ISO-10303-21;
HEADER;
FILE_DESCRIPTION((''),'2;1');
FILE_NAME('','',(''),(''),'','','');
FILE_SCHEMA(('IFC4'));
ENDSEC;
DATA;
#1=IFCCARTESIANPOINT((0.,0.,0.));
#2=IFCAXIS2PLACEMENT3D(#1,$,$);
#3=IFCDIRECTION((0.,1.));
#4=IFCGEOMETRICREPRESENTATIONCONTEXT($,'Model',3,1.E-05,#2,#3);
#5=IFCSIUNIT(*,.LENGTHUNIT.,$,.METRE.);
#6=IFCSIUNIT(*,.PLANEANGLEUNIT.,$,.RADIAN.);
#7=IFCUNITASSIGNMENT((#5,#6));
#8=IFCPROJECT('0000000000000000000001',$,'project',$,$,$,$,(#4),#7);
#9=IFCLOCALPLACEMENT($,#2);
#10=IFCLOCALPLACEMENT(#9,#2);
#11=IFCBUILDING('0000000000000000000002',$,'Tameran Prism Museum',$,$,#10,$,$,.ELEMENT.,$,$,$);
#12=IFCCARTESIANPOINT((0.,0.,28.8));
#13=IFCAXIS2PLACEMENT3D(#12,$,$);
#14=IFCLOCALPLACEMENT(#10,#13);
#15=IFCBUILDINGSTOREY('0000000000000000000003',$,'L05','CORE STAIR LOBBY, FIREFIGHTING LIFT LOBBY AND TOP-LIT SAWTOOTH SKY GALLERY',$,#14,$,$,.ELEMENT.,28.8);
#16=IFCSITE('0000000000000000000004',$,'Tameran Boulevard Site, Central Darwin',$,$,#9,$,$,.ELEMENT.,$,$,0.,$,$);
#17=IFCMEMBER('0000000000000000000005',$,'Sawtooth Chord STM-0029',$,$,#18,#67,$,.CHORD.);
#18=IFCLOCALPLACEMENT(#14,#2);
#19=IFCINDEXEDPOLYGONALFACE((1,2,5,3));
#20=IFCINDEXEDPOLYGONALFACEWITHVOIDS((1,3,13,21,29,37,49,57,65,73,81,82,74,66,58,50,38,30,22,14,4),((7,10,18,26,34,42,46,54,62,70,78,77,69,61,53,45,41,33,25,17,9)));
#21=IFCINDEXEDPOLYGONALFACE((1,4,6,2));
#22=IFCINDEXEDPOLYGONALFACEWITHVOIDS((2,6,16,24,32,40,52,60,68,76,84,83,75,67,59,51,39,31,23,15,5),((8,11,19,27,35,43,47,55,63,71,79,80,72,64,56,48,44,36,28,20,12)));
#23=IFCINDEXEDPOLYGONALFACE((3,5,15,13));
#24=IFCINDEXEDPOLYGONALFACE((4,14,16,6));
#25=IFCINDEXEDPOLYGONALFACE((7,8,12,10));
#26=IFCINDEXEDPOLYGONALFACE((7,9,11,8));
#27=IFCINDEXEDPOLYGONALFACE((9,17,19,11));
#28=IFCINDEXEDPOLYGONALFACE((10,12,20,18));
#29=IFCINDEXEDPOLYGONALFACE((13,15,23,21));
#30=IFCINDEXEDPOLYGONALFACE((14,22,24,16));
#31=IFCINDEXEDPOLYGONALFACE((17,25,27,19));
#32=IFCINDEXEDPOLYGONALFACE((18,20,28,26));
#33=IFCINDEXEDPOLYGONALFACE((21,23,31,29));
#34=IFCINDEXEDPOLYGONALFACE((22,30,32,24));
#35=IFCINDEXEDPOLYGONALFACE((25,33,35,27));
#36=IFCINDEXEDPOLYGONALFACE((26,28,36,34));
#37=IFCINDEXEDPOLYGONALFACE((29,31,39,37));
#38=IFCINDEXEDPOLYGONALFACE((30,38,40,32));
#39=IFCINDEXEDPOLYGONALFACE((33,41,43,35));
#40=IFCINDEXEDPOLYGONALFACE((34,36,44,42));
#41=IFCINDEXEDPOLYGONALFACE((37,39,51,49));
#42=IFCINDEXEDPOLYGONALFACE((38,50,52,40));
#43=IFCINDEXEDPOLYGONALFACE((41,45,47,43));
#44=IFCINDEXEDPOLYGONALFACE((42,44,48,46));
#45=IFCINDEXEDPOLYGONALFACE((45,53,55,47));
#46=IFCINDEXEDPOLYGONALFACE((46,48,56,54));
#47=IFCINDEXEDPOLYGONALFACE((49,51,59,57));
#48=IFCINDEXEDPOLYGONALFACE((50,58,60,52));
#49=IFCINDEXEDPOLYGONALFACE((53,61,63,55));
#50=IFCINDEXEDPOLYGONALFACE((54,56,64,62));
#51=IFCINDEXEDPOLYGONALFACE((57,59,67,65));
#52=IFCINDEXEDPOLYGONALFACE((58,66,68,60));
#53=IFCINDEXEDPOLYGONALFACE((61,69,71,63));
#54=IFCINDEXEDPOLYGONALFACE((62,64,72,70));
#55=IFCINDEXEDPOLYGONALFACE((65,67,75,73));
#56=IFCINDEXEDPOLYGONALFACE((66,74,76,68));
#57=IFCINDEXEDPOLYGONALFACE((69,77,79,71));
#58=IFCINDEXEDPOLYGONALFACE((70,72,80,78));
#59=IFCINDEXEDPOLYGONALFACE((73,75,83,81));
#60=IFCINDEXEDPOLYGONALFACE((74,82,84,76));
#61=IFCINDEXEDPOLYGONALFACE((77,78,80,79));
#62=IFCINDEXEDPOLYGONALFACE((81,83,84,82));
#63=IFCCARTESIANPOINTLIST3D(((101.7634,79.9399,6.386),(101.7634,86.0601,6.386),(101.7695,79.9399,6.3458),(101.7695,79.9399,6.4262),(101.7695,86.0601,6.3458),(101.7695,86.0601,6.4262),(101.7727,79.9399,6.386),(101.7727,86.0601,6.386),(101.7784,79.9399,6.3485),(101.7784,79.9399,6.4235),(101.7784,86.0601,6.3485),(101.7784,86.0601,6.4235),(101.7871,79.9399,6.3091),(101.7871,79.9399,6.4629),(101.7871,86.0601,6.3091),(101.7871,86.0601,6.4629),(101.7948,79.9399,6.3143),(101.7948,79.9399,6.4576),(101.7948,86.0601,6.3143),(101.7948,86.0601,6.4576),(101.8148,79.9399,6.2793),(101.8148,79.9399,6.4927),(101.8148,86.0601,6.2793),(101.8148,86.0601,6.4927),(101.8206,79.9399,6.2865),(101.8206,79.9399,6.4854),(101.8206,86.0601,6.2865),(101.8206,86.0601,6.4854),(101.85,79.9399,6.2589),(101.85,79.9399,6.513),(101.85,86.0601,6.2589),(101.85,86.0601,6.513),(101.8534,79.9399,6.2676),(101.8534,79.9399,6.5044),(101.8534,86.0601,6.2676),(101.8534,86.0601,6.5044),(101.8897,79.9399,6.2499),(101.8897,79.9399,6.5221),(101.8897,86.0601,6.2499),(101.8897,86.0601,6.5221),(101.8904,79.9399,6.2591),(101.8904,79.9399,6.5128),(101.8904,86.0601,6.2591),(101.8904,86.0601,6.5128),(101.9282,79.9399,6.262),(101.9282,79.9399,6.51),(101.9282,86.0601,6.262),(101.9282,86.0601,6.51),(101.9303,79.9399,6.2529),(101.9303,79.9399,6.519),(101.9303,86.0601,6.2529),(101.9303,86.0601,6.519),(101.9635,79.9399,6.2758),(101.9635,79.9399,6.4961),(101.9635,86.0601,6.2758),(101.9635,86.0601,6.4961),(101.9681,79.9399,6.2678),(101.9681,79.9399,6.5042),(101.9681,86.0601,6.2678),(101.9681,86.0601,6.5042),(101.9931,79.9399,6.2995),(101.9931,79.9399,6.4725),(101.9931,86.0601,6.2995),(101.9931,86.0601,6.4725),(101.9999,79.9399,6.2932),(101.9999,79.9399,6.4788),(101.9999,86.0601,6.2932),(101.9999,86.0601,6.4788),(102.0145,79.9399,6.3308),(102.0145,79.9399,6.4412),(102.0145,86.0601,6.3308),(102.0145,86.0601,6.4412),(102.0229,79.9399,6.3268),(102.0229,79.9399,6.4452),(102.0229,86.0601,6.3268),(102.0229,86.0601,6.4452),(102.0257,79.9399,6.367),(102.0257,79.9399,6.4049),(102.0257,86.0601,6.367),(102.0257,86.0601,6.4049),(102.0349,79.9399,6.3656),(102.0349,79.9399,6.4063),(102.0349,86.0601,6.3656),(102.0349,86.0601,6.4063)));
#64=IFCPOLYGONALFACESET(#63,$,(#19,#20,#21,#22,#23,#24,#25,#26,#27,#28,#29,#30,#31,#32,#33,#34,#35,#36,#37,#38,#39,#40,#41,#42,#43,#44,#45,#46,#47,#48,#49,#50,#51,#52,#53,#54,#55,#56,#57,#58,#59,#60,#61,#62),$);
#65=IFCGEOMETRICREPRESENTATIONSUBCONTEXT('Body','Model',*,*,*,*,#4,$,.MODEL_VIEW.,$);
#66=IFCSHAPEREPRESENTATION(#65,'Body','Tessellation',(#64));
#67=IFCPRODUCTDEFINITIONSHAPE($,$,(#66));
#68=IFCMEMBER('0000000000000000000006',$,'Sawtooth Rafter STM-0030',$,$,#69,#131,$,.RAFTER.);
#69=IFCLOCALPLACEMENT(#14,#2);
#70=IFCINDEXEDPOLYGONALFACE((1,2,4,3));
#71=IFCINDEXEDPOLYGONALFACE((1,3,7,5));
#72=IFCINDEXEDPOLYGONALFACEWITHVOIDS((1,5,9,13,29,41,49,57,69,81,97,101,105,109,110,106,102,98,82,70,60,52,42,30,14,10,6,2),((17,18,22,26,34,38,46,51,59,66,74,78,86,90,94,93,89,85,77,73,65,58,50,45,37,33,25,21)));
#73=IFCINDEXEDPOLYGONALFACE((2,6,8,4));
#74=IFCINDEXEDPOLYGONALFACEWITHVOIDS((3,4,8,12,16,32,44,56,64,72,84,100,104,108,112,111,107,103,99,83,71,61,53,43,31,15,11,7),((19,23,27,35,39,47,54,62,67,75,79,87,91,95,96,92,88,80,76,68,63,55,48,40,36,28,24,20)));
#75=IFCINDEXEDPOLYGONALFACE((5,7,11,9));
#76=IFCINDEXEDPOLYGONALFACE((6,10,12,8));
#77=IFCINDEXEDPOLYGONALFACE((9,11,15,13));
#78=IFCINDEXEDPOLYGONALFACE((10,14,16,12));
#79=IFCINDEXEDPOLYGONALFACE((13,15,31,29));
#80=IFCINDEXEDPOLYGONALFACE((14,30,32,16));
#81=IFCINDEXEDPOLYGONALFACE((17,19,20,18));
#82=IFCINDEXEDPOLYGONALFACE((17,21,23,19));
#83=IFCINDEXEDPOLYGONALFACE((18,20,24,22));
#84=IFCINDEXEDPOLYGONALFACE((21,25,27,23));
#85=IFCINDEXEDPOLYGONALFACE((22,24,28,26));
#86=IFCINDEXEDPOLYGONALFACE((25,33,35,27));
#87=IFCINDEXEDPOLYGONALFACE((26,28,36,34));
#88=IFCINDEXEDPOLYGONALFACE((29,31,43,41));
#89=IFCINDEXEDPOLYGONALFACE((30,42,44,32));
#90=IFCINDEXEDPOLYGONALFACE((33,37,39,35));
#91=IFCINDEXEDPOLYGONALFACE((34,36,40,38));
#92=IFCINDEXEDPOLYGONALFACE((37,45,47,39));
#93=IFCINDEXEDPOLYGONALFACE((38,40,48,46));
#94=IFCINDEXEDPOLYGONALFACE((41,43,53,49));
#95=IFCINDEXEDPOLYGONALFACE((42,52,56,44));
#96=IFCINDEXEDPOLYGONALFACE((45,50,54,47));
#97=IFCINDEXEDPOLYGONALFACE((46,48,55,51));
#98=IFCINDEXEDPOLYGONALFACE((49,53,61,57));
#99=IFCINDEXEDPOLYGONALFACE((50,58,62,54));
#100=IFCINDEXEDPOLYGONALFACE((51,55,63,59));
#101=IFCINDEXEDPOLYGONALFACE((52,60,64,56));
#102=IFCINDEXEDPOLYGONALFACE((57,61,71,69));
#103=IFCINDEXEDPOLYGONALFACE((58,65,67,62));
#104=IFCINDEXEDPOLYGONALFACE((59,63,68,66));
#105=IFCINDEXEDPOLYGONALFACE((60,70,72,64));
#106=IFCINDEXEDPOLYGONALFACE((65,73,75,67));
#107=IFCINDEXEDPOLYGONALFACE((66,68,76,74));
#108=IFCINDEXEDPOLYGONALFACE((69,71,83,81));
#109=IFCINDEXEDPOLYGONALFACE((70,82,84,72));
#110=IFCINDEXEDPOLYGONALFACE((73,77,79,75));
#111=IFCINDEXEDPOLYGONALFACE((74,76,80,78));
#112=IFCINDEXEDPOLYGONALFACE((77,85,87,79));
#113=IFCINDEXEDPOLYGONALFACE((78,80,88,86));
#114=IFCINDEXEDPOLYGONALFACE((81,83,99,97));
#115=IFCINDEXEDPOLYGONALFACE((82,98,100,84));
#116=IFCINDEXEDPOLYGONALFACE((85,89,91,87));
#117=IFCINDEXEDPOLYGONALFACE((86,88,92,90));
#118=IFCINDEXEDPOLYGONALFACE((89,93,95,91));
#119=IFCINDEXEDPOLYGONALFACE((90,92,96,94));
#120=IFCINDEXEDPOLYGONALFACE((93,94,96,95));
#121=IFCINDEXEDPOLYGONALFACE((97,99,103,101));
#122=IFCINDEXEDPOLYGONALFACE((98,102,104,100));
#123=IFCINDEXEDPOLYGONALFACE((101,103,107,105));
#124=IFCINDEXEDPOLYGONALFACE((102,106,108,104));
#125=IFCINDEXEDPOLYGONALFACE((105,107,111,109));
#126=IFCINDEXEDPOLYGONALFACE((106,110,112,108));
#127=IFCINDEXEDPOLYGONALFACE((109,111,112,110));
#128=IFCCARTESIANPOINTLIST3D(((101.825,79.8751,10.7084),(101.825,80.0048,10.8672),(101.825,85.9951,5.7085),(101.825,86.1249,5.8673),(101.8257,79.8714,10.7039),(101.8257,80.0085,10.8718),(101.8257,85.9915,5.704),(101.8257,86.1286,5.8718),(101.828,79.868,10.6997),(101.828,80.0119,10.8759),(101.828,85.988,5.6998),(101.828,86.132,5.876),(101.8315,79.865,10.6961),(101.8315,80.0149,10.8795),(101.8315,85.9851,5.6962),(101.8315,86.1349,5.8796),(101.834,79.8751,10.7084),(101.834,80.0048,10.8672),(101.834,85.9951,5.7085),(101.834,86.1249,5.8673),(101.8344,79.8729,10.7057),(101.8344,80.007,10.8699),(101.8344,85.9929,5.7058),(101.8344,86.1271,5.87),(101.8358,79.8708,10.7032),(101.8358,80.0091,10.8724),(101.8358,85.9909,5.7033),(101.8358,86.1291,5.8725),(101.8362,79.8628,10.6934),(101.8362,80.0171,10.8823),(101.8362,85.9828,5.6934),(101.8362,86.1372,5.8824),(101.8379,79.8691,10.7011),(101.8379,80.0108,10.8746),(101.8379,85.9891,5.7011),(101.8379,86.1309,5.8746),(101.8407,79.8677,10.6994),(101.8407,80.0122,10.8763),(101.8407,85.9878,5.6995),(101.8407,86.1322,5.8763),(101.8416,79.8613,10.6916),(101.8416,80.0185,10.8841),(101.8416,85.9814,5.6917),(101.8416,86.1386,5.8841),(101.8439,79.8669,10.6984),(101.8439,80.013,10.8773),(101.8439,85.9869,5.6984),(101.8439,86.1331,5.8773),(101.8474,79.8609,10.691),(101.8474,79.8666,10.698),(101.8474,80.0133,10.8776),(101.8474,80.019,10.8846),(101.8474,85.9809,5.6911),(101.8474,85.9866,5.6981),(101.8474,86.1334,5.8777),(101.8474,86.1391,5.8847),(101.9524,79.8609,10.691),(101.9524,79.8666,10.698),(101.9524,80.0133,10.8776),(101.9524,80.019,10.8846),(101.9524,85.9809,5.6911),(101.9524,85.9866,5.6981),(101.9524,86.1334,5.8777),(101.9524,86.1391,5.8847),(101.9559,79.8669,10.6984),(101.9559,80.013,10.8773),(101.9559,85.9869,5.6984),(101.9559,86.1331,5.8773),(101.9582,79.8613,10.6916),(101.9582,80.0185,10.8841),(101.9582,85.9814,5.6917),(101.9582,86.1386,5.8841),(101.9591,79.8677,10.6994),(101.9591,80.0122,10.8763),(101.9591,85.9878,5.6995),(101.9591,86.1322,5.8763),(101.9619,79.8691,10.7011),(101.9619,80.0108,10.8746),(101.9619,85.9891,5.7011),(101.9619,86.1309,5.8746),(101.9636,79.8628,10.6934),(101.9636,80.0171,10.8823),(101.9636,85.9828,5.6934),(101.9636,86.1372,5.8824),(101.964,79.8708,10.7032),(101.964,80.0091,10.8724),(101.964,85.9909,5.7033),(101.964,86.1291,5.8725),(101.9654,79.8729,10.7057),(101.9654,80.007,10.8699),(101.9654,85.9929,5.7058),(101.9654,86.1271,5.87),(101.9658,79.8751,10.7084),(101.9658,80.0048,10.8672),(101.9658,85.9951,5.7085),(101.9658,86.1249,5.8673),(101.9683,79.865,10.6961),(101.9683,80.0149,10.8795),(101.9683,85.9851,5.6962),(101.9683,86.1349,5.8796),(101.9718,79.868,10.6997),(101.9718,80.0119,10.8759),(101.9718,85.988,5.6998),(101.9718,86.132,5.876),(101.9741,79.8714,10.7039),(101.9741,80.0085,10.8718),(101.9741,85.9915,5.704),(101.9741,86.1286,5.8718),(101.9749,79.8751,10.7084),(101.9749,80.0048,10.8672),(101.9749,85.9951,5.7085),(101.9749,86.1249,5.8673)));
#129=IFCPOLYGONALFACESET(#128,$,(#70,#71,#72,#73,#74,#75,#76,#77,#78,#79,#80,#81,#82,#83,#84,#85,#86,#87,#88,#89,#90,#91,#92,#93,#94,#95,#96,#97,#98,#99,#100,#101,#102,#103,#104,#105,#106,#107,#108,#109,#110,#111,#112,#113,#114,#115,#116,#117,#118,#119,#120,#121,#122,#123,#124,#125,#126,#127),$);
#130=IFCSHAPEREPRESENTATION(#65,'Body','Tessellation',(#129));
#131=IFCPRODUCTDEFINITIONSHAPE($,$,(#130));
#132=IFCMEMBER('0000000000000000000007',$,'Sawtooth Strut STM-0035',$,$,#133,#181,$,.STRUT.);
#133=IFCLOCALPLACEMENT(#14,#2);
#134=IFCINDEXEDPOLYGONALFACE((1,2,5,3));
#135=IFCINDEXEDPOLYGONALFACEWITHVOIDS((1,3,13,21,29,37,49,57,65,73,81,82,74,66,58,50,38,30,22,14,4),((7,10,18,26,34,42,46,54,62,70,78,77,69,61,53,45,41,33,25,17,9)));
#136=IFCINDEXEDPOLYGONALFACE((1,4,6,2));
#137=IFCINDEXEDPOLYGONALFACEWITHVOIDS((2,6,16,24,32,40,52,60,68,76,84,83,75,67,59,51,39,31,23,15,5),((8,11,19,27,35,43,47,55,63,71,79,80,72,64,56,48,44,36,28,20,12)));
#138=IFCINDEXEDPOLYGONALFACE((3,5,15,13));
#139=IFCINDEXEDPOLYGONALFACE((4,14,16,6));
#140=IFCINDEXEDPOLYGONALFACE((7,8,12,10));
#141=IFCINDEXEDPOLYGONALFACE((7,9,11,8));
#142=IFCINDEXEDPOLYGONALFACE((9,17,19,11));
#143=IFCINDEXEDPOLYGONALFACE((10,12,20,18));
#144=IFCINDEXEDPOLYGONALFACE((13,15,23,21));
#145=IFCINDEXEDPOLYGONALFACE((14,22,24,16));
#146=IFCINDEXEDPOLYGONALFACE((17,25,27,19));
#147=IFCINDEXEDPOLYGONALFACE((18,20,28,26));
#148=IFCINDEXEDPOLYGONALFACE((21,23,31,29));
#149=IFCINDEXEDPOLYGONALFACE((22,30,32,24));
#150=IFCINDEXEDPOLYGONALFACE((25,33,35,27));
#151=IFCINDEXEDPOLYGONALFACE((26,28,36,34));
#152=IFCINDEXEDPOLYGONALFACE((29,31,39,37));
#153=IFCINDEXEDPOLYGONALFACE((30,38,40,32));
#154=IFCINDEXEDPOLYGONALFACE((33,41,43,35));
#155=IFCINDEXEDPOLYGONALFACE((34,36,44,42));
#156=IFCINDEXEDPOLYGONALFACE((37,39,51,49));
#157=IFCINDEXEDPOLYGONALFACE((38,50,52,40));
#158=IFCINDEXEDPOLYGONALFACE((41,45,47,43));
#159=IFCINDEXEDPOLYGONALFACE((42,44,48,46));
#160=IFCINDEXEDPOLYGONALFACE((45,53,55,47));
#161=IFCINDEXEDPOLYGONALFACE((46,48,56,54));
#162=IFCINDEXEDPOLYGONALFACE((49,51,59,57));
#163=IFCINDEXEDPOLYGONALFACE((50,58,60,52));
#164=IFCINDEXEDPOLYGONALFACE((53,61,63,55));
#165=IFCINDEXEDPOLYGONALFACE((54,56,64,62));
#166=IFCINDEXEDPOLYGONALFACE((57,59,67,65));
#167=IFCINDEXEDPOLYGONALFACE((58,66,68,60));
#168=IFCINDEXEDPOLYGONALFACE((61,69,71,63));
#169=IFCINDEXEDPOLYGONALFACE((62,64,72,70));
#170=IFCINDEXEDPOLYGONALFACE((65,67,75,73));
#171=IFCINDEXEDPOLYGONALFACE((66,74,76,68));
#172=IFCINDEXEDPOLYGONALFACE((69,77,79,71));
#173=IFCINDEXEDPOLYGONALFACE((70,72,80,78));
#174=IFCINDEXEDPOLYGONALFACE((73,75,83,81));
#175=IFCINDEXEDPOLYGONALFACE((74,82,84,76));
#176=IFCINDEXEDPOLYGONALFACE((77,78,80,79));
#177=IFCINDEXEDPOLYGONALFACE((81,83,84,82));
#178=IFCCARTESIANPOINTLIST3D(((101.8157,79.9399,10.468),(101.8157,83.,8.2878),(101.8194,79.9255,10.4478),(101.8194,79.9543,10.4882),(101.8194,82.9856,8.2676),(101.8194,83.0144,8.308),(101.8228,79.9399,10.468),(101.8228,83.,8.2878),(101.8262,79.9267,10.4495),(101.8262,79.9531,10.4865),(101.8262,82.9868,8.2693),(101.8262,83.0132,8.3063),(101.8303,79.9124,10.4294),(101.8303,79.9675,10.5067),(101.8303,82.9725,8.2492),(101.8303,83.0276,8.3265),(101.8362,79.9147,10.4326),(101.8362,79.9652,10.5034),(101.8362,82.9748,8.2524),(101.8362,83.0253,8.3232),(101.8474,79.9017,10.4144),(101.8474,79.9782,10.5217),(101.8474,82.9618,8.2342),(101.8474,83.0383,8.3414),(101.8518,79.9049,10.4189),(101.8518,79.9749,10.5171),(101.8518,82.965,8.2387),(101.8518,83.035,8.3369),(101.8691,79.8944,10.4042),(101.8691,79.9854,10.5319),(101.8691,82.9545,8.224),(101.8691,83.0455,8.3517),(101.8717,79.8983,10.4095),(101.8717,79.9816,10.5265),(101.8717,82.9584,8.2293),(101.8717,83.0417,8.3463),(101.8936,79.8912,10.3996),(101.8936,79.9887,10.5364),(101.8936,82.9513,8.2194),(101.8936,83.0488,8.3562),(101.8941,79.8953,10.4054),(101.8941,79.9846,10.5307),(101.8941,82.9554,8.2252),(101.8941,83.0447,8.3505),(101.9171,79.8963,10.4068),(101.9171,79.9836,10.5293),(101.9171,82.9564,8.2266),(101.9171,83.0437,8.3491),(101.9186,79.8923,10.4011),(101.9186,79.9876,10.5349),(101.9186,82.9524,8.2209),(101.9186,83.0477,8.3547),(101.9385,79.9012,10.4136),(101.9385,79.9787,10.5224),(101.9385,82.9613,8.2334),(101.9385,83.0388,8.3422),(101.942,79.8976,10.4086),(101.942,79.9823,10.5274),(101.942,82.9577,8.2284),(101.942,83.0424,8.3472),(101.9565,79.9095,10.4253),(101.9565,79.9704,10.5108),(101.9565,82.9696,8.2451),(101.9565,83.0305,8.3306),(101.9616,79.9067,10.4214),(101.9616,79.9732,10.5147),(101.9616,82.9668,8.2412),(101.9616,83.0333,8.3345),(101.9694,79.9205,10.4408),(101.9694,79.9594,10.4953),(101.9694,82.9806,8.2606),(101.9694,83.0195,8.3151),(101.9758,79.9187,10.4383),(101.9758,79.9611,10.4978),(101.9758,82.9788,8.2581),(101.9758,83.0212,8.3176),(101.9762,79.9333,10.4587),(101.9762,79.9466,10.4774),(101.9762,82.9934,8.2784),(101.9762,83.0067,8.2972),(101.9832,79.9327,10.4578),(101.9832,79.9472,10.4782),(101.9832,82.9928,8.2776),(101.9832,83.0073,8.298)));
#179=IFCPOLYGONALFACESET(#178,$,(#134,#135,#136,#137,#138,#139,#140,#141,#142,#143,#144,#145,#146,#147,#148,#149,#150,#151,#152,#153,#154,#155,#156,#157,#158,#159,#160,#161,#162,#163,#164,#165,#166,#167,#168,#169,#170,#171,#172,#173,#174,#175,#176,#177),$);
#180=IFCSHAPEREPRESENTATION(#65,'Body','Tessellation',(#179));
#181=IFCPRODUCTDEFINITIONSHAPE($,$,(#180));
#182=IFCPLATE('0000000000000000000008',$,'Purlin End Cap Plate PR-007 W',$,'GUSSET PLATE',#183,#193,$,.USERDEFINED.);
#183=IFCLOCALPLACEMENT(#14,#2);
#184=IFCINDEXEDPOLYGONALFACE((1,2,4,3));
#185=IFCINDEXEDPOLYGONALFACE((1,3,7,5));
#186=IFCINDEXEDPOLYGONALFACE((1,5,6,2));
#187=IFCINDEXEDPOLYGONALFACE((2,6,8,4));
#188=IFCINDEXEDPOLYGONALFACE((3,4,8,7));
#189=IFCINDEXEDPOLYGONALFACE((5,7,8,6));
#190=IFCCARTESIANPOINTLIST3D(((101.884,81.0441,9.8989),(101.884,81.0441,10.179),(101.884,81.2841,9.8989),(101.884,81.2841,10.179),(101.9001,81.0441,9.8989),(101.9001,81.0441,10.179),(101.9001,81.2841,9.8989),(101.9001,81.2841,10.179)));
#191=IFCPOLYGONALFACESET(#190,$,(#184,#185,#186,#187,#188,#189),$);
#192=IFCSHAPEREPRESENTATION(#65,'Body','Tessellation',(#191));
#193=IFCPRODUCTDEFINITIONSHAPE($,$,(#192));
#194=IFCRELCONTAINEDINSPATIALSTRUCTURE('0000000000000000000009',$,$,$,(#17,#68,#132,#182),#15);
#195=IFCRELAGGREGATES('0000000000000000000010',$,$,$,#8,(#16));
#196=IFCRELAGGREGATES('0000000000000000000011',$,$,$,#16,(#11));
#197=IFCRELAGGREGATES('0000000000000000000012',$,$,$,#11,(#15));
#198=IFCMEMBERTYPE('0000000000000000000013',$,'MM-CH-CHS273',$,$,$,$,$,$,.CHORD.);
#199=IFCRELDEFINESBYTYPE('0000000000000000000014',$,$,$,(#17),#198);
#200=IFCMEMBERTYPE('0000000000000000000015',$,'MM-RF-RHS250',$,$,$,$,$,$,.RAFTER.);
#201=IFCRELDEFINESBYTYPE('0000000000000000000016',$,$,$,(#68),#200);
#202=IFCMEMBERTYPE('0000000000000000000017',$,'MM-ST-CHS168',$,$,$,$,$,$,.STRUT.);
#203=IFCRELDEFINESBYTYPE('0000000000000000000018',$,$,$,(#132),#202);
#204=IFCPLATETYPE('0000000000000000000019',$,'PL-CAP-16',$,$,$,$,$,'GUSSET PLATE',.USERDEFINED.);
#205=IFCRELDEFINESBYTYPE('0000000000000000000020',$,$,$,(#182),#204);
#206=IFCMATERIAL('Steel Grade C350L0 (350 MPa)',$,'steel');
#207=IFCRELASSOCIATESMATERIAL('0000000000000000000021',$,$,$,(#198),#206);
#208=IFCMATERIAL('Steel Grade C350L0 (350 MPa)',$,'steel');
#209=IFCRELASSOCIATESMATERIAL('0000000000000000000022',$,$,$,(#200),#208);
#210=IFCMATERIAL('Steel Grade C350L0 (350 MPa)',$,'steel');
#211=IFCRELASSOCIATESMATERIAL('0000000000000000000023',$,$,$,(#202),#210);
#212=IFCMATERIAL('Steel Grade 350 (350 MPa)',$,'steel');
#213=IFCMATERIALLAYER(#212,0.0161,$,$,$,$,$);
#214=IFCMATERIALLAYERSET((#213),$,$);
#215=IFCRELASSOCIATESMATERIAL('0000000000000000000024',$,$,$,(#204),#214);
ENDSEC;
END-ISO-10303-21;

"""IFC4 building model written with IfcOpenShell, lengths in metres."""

from ifc_helpers import new_model, si_unit, direction, frame, origin, origin_2d, place, context, subcontext, project, spatial, rectangle, hollow_rectangle, hollow_circle, extrude, material, layer, layer_set, material_profile, profile_set, type_object, element, save


model = new_model("IFC4")

# Units and contexts
model_context = context("Model", 3, precision=1e-05, world=origin(), true_north=direction((0.0, 1.0)))
body_context = subcontext(model_context, "Body", "Model", "MODEL_VIEW")
ifc_project = project(units=[si_unit("LENGTHUNIT", "METRE"), si_unit("PLANEANGLEUNIT", "RADIAN")], contexts=[model_context])

# Site, building, storey
site_placement = place(None, origin())
site = spatial("IfcSite", under=ifc_project, at=site_placement, Name="Tameran Boulevard Site, Central Darwin", CompositionType="ELEMENT", RefElevation=0.0)
building_placement = place(site_placement, origin())
building = spatial("IfcBuilding", under=site, at=building_placement, Name="Tameran Prism Museum", CompositionType="ELEMENT")
storey_placement = place(building_placement, frame((0.0, 0.0, 28.8)))
storey = spatial("IfcBuildingStorey", under=building, at=storey_placement, Name="L05", Description="CORE STAIR LOBBY, FIREFIGHTING LIFT LOBBY AND TOP-LIT SAWTOOTH SKY GALLERY", CompositionType="ELEMENT", Elevation=28.8)

# Members
ifc_material_1 = material(Name="Steel Grade C350L0 (350 MPa)", Category="steel")
ifc_material_profile_1 = material_profile(ifc_material_1, hollow_circle(Radius=0.1365, WallThickness=0.0093, at=origin_2d()))
ifc_profile_set_1 = profile_set([ifc_material_profile_1])
member_type_1 = type_object("IfcMemberType", Name="MM-CH-CHS273", PredefinedType="CHORD", material=ifc_profile_set_1)
member_1_placement = place(storey_placement, frame((101.8999, 79.9399, 6.386), z_axis=(0.0, 1.0, 0.0), x_axis=(-1.0, 0.0, 0.0)))
element("IfcMember", 1, at=member_1_placement, inside=storey, type_object=member_type_1, Name="Sawtooth Chord STM-0029", PredefinedType="CHORD", context=body_context, shape_type="SweptSolid", body=[
    extrude(hollow_circle(Radius=0.1365, WallThickness=0.0093, at=origin_2d()), origin(), (0.0, 0.0, 1.0), 6.1201),
])
ifc_material_2 = material(Name="Steel Grade C350L0 (350 MPa)", Category="steel")
ifc_material_profile_2 = material_profile(ifc_material_2, hollow_rectangle(XDim=0.1499, YDim=0.25, WallThickness=0.009, InnerFilletRadius=0.0134, OuterFilletRadius=0.0225, at=origin_2d()))
ifc_profile_set_2 = profile_set([ifc_material_profile_2])
member_type_2 = type_object("IfcMemberType", Name="MM-RF-RHS250", PredefinedType="RAFTER", material=ifc_profile_set_2)
member_2_placement = place(storey_placement, frame((101.8999, 79.9399, 10.7878), z_axis=(0.0, 0.774414, -0.632679), x_axis=(-1.0, 0.0, 0.0)))
element("IfcMember", 2, at=member_2_placement, inside=storey, type_object=member_type_2, Name="Sawtooth Rafter STM-0030", PredefinedType="RAFTER", context=body_context, shape_type="SweptSolid", body=[
    extrude(hollow_rectangle(XDim=0.1499, YDim=0.25, WallThickness=0.009, InnerFilletRadius=0.0134, OuterFilletRadius=0.0225, at=origin_2d()), origin(), (0.0, 0.0, 1.0), 7.9028),
])
ifc_material_3 = material(Name="Steel Grade C350L0 (350 MPa)", Category="steel")
ifc_material_profile_3 = material_profile(ifc_material_3, hollow_circle(Radius=0.0842, WallThickness=0.0071, at=origin_2d()))
ifc_profile_set_3 = profile_set([ifc_material_profile_3])
member_type_3 = type_object("IfcMemberType", Name="MM-ST-CHS168", PredefinedType="STRUT", material=ifc_profile_set_3)
member_3_placement = place(storey_placement, frame((101.8999, 79.9399, 10.468), z_axis=(0.0, 0.814435, -0.580254), x_axis=(-1.0, 0.0, 0.0)))
element("IfcMember", 3, at=member_3_placement, inside=storey, type_object=member_type_3, Name="Sawtooth Strut STM-0035", PredefinedType="STRUT", context=body_context, shape_type="SweptSolid", body=[
    extrude(hollow_circle(Radius=0.0842, WallThickness=0.0071, at=origin_2d()), origin(), (0.0, 0.0, 1.0), 3.7573),
])

# Plate
ifc_material_4 = material(Name="Steel Grade 350 (350 MPa)", Category="steel")
ifc_layer_1 = layer(ifc_material_4, 0.0161)
ifc_layer_set_1 = layer_set([ifc_layer_1])
plate_type_1 = type_object("IfcPlateType", Name="PL-CAP-16", ElementType="GUSSET PLATE", PredefinedType="USERDEFINED", material=ifc_layer_set_1)
for number, where, z_axis, x_axis, name in (
    (4, (101.8921, 81.1641, 9.8989), (0.0, 0.0, 1.0), (1.0, 0.0, 0.0), "Purlin End Cap Plate PR-007 W"),
):
    element("IfcPlate", number, at=place(storey_placement, frame(where, z_axis=z_axis, x_axis=x_axis)), inside=storey, type_object=plate_type_1, Name=name, ObjectType="GUSSET PLATE", PredefinedType="USERDEFINED", context=body_context, shape_type="SweptSolid", body=[
        extrude(rectangle(XDim=0.0161, YDim=0.24, at=origin_2d()), origin(), (0.0, 0.0, 1.0), 0.28),
    ])

save(model, "model.ifc")
